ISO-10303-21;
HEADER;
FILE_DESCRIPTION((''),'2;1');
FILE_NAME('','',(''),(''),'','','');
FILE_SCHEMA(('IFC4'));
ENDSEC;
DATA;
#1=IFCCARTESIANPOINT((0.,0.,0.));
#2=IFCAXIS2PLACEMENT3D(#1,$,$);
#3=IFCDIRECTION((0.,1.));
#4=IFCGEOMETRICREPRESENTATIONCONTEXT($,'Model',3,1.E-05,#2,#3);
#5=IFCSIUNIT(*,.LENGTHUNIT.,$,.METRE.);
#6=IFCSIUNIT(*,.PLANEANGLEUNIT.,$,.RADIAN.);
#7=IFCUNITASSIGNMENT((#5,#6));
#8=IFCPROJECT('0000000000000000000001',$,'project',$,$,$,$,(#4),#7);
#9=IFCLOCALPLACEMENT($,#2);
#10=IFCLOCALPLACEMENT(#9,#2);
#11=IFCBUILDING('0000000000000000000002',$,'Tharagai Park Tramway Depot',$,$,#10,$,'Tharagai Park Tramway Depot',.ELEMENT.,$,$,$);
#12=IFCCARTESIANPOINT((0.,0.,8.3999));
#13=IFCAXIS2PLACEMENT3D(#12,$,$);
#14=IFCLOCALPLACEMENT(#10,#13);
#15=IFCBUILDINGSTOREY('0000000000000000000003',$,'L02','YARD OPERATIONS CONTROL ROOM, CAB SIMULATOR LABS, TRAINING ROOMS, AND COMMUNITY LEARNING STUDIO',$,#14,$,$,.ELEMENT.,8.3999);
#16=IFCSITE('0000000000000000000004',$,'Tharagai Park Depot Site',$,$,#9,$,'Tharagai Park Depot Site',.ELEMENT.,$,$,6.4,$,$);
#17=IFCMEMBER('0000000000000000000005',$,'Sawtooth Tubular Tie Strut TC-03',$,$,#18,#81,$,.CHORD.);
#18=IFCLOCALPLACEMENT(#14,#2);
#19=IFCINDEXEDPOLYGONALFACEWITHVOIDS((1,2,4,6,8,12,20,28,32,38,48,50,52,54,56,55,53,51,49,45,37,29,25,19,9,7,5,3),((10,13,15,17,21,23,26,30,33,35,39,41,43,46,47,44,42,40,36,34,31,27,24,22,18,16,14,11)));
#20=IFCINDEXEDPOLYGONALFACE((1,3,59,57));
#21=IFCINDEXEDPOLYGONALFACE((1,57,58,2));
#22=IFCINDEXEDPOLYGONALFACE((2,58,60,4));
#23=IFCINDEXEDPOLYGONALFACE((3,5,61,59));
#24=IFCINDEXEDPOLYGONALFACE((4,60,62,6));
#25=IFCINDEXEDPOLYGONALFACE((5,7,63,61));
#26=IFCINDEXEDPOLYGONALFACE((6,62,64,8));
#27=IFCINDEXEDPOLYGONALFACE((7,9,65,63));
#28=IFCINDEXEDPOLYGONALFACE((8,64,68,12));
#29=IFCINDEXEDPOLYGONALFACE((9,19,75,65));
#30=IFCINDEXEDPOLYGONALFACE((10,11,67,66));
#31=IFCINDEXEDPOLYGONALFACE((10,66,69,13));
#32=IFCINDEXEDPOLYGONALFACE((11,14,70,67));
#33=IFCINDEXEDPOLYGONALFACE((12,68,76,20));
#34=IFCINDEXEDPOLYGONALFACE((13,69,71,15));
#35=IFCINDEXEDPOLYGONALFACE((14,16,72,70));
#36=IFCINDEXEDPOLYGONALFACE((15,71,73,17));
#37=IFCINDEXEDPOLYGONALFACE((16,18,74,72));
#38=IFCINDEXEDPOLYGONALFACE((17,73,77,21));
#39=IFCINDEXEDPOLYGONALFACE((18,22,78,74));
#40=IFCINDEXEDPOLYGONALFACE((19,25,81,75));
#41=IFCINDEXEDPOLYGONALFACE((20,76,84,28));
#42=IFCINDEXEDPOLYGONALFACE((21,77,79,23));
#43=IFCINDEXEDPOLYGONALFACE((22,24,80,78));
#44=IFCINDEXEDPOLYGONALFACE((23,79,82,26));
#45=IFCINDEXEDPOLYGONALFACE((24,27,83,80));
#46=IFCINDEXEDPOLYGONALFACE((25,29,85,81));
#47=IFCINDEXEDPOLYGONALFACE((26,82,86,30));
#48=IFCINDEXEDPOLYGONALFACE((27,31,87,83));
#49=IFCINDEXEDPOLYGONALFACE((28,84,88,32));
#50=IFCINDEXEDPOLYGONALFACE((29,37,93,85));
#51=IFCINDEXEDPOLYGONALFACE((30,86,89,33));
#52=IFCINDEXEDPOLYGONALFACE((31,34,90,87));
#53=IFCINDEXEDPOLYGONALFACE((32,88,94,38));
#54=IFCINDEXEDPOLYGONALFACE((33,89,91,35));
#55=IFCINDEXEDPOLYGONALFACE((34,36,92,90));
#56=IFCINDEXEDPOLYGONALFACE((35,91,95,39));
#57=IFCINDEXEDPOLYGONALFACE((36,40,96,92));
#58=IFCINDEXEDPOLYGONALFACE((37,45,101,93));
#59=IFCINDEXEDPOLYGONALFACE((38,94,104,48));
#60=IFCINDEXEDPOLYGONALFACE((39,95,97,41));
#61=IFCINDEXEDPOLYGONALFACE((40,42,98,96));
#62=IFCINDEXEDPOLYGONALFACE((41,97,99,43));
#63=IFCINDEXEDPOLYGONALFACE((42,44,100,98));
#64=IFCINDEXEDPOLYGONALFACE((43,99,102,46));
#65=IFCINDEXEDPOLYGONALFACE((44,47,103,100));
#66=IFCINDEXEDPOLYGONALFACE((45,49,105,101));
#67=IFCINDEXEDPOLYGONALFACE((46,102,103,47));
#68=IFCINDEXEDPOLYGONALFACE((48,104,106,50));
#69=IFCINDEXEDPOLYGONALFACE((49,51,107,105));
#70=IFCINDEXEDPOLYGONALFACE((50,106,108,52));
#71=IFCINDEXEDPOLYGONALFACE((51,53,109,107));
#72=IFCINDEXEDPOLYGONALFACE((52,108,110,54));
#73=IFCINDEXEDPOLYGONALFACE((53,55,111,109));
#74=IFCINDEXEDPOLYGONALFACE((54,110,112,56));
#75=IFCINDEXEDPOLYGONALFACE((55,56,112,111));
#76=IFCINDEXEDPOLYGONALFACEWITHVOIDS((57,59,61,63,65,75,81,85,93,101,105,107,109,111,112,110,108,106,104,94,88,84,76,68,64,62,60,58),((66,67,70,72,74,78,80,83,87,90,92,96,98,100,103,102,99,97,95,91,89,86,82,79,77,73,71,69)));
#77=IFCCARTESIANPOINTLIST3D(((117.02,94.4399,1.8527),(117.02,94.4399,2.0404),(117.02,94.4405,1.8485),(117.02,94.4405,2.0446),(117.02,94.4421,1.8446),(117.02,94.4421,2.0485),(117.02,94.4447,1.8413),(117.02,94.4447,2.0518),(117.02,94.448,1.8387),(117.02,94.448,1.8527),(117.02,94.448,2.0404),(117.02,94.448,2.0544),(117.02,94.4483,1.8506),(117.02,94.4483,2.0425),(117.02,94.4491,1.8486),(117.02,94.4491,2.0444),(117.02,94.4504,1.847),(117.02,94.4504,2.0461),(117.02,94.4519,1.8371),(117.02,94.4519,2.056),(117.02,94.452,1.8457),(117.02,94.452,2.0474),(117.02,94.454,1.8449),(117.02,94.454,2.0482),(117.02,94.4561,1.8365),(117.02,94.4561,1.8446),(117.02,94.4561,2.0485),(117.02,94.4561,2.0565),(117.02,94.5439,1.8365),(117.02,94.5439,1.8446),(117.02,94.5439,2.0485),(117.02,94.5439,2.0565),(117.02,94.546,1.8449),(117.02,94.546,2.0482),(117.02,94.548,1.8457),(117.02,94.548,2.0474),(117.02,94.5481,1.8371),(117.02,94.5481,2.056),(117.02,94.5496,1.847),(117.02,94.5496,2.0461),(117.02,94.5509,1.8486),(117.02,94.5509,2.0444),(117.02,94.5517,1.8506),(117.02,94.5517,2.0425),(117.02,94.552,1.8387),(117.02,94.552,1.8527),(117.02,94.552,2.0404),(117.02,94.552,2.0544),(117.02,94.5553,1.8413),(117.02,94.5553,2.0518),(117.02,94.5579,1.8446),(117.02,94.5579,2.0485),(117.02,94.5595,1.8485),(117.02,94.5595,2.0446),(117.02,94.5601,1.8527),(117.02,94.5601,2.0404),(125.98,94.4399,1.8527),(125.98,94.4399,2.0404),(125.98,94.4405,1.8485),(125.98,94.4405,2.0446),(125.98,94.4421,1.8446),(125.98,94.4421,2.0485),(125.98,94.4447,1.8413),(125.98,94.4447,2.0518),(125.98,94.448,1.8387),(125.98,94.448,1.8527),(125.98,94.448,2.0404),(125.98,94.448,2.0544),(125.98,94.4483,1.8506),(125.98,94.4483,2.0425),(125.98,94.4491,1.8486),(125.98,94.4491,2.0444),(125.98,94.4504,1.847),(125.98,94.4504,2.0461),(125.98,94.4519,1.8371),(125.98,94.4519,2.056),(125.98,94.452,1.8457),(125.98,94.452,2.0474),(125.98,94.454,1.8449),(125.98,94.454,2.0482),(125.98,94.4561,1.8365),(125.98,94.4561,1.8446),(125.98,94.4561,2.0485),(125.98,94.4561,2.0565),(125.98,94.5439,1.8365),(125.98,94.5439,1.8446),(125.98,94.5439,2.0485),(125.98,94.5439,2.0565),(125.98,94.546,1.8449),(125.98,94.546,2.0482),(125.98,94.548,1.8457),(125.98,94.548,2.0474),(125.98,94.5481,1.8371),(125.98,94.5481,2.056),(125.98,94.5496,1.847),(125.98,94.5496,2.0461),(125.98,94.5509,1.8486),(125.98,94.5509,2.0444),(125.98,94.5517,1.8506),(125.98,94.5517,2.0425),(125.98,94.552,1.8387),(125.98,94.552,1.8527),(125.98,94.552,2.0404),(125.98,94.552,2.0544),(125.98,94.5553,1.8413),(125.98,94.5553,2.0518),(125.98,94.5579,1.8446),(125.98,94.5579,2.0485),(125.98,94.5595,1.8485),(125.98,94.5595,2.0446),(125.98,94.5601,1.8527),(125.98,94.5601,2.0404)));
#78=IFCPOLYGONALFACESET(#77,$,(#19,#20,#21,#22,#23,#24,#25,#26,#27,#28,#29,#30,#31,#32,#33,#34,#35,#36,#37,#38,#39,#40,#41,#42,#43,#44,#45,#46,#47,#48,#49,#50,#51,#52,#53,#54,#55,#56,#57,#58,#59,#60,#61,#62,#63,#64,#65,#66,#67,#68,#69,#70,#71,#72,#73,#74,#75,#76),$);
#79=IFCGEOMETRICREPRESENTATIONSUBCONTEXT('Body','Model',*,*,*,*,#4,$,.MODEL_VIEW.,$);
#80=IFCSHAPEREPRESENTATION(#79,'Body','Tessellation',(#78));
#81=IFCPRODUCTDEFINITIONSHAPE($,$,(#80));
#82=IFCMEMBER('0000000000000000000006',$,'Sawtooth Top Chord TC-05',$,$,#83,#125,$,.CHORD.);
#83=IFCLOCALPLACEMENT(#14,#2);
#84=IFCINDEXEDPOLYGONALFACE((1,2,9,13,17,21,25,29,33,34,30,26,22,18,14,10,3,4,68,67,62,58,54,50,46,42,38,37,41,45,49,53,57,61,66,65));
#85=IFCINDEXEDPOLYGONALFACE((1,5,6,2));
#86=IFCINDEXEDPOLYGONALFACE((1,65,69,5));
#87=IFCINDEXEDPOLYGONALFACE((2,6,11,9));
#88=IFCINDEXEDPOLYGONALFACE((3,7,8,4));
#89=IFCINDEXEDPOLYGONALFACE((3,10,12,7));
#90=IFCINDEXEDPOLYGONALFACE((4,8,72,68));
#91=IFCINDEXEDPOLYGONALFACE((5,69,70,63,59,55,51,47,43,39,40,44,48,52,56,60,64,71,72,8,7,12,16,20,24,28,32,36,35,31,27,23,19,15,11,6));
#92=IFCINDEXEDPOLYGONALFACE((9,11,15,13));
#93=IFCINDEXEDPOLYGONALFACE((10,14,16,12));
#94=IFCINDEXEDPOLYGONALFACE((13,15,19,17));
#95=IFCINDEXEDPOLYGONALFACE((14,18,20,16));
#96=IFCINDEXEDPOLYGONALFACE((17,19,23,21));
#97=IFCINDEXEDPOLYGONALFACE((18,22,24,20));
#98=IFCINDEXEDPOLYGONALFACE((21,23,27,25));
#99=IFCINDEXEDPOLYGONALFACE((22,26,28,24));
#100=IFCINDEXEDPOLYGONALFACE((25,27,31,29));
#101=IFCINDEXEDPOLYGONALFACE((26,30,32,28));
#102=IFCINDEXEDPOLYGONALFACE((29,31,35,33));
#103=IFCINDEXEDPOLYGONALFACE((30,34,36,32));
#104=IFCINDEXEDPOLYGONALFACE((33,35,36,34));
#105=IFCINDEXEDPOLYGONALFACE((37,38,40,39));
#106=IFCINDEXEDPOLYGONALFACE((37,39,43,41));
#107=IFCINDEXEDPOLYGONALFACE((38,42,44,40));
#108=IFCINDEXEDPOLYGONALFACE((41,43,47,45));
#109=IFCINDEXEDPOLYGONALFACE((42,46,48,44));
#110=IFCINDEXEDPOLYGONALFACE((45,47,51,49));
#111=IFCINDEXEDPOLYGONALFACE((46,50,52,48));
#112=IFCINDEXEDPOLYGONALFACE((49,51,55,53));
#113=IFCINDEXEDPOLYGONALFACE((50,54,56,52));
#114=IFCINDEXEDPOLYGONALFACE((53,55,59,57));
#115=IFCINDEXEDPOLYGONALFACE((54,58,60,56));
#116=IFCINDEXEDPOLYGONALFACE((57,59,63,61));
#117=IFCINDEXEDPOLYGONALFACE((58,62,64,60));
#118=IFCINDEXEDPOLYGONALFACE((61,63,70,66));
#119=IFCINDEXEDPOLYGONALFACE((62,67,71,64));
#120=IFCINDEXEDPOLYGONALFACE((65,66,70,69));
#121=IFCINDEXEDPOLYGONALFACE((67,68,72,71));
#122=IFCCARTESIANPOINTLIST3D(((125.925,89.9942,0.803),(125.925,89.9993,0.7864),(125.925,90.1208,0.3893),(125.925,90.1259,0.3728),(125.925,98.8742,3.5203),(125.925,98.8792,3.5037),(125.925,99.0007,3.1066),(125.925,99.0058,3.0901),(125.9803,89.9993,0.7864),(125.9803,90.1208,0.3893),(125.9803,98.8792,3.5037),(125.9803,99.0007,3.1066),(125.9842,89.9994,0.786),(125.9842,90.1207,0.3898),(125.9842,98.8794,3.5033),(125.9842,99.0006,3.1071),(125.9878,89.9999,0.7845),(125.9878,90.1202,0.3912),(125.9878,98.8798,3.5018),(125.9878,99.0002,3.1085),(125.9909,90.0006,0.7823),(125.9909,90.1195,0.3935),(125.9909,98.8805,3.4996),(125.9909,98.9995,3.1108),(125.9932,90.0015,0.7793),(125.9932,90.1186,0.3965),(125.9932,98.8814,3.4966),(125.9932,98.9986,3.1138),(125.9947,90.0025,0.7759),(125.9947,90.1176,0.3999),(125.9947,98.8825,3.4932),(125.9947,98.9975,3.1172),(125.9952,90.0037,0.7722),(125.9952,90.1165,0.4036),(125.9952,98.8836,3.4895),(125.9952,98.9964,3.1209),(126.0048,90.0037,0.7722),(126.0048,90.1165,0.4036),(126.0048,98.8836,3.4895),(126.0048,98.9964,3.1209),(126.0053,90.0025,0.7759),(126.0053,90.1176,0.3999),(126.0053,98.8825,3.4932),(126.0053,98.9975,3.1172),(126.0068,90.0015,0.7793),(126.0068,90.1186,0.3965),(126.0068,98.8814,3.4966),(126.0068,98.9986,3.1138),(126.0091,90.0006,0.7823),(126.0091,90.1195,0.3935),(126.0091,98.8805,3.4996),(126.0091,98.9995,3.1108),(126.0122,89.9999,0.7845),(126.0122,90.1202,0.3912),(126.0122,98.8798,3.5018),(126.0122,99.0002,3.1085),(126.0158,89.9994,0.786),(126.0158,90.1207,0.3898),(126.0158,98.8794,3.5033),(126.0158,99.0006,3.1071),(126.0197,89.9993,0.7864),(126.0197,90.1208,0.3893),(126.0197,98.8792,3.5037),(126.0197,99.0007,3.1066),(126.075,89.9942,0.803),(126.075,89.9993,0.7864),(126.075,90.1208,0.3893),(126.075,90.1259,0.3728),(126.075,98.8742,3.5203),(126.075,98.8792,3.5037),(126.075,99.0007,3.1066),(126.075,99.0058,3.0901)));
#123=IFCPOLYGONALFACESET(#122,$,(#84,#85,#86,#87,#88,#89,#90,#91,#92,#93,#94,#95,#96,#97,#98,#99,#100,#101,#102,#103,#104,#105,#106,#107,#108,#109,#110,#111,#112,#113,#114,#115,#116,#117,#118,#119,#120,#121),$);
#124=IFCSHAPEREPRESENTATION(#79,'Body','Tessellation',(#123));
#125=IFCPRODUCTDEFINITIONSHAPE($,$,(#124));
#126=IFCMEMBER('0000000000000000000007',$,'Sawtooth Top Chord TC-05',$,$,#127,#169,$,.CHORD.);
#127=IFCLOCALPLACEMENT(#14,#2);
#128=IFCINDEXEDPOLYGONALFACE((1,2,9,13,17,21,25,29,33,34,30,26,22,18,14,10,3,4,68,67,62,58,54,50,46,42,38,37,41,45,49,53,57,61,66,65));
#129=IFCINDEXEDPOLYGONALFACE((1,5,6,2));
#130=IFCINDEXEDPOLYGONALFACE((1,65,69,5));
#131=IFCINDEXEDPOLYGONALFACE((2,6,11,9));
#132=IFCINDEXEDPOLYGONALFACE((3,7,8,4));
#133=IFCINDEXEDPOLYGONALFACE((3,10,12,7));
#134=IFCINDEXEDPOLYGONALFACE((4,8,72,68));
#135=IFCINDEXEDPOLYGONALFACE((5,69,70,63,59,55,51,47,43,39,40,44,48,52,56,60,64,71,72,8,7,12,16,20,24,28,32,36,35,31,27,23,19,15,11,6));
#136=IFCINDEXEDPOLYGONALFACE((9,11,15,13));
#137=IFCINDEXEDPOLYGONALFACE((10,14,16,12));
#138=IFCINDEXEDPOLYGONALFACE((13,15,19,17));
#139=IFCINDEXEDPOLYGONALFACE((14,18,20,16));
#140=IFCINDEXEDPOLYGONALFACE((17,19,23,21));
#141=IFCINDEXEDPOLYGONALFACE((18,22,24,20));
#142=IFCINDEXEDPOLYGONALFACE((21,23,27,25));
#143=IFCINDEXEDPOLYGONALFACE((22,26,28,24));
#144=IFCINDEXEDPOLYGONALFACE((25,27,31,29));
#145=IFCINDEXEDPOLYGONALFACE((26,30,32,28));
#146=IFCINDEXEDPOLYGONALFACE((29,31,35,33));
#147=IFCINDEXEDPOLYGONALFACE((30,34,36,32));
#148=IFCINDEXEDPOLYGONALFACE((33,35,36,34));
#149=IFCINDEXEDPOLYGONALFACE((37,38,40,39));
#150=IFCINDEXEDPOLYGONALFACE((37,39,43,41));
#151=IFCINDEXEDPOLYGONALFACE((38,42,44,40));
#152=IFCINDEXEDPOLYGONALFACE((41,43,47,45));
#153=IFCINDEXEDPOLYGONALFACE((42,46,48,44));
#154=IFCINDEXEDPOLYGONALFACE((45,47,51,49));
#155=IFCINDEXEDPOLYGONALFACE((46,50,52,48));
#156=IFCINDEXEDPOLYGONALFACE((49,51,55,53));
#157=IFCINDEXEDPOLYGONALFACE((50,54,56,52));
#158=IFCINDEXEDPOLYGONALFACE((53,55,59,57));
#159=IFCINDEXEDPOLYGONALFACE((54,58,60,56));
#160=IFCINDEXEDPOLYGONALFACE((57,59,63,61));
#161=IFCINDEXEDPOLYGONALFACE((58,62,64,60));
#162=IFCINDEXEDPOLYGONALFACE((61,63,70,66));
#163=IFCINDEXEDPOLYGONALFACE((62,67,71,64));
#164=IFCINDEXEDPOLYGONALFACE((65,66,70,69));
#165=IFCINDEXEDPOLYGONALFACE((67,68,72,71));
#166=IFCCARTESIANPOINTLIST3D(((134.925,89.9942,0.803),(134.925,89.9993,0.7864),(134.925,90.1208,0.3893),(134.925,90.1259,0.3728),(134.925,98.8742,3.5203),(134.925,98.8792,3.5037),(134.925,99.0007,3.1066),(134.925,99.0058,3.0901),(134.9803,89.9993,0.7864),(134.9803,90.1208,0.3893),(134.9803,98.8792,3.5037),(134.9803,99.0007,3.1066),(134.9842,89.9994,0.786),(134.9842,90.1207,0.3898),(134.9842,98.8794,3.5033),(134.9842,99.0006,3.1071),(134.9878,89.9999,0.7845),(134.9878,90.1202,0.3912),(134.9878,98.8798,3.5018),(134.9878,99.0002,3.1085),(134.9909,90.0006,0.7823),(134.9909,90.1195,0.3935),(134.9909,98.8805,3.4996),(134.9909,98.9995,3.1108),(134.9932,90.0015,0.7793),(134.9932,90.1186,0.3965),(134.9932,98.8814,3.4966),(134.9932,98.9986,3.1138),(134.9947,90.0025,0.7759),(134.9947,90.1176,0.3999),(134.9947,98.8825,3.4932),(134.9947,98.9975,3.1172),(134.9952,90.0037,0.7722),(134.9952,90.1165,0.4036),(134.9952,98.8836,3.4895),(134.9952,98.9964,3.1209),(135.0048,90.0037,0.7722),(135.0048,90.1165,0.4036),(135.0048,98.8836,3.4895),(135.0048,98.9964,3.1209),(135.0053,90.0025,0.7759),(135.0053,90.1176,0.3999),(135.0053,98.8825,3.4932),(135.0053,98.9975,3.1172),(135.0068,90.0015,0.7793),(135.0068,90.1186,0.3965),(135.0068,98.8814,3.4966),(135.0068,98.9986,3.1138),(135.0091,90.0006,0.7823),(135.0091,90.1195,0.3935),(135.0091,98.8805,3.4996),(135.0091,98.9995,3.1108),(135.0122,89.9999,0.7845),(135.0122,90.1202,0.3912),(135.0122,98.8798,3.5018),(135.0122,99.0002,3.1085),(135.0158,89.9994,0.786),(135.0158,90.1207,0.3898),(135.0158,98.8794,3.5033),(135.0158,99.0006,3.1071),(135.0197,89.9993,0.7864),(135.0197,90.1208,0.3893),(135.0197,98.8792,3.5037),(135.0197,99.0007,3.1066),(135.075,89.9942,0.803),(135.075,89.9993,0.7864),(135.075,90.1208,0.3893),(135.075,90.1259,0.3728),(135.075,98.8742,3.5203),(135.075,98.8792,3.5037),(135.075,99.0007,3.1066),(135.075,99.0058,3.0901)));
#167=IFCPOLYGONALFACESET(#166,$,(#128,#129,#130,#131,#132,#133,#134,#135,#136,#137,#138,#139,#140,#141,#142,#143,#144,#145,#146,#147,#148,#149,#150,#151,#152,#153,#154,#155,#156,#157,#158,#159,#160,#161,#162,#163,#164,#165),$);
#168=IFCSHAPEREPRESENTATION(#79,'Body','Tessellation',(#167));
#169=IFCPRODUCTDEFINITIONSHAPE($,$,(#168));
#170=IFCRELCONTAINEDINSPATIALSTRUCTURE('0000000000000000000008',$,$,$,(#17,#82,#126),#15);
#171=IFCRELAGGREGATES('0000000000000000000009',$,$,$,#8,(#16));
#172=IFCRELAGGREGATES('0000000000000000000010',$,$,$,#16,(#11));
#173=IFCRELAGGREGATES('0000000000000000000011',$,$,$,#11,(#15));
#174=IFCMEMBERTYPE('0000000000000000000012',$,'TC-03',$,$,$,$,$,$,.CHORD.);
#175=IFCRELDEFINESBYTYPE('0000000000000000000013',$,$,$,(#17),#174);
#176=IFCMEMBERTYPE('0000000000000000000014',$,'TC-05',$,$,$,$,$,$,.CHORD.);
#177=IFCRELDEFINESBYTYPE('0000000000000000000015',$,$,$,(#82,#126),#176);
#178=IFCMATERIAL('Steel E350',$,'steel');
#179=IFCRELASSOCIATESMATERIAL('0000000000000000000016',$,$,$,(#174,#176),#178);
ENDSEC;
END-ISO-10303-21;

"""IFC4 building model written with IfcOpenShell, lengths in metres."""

from ifc_helpers import new_model, si_unit, direction, frame, origin, origin_2d, place, context, subcontext, project, spatial, hollow_rectangle, i_section, extrude, material, material_profile, profile_set, type_object, element, save


model = new_model("IFC4")

# Units and contexts
model_context = context("Model", 3, precision=1e-05, world=origin(), true_north=direction((0.0, 1.0)))
body_context = subcontext(model_context, "Body", "Model", "MODEL_VIEW")
ifc_project = project(units=[si_unit("LENGTHUNIT", "METRE"), si_unit("PLANEANGLEUNIT", "RADIAN")], contexts=[model_context])

# Site, building, storey
site_placement = place(None, origin())
site = spatial("IfcSite", under=ifc_project, at=site_placement, Name="Tharagai Park Depot Site", LongName="Tharagai Park Depot Site", CompositionType="ELEMENT", RefElevation=6.4)
building_placement = place(site_placement, origin())
building = spatial("IfcBuilding", under=site, at=building_placement, Name="Tharagai Park Tramway Depot", LongName="Tharagai Park Tramway Depot", CompositionType="ELEMENT")
storey_placement = place(building_placement, frame((0.0, 0.0, 8.3999)))
storey = spatial("IfcBuildingStorey", under=building, at=storey_placement, Name="L02", Description="YARD OPERATIONS CONTROL ROOM, CAB SIMULATOR LABS, TRAINING ROOMS, AND COMMUNITY LEARNING STUDIO", CompositionType="ELEMENT", Elevation=8.3999)

# Shared definitions
ifc_material_1 = material(Name="Steel E350", Category="steel")

# Members
ifc_material_profile_1 = material_profile(ifc_material_1, hollow_rectangle(XDim=0.1201, YDim=0.22, WallThickness=0.0081, InnerFilletRadius=0.0081, OuterFilletRadius=0.0161, at=origin_2d()), Name="RHS 220x120x8")
ifc_profile_set_1 = profile_set([ifc_material_profile_1], Name="Steel E350")
member_type_1 = type_object("IfcMemberType", Name="TC-03", PredefinedType="CHORD", material=ifc_profile_set_1)
member_1_placement = place(storey_placement, frame((117.02, 94.5, 1.9465), z_axis=(1.0, 0.0, 0.0), x_axis=(0.0, 1.0, 0.0)))
element("IfcMember", 1, at=member_1_placement, inside=storey, type_object=member_type_1, Name="Sawtooth Tubular Tie Strut TC-03", PredefinedType="CHORD", context=body_context, shape_type="SweptSolid", body=[
    extrude(hollow_rectangle(XDim=0.1201, YDim=0.22, WallThickness=0.0081, InnerFilletRadius=0.0081, OuterFilletRadius=0.0161, at=origin_2d()), origin(), (0.0, 0.0, 1.0), 8.96),
])
ifc_material_profile_2 = material_profile(ifc_material_1, i_section(OverallWidth=0.1499, OverallDepth=0.45, WebThickness=0.0095, FlangeThickness=0.0173, FilletRadius=0.0149, at=origin_2d()), Name="ISMB 450")
ifc_profile_set_2 = profile_set([ifc_material_profile_2], Name="Steel E350")
member_type_2 = type_object("IfcMemberType", Name="TC-05", PredefinedType="CHORD", material=ifc_profile_set_2)
for number, where, z_axis, x_axis, name in (
    (2, (126.0, 90.0601, 0.5879), (0.0, 0.956231, 0.292611), (-1.0, 0.0, 0.0), "Sawtooth Top Chord TC-05"),
    (3, (135.0, 90.0601, 0.5879), (0.0, 0.956231, 0.292611), (-1.0, 0.0, 0.0), "Sawtooth Top Chord TC-05"),
):
    element("IfcMember", number, at=place(storey_placement, frame(where, z_axis=z_axis, x_axis=x_axis)), inside=storey, type_object=member_type_2, Name=name, PredefinedType="CHORD", context=body_context, shape_type="SweptSolid", body=[
        extrude(i_section(OverallWidth=0.1499, OverallDepth=0.45, WebThickness=0.0095, FlangeThickness=0.0173, FilletRadius=0.0149, at=origin_2d()), origin(), (0.0, 0.0, 1.0), 9.2864),
    ])

save(model, "model.ifc")
